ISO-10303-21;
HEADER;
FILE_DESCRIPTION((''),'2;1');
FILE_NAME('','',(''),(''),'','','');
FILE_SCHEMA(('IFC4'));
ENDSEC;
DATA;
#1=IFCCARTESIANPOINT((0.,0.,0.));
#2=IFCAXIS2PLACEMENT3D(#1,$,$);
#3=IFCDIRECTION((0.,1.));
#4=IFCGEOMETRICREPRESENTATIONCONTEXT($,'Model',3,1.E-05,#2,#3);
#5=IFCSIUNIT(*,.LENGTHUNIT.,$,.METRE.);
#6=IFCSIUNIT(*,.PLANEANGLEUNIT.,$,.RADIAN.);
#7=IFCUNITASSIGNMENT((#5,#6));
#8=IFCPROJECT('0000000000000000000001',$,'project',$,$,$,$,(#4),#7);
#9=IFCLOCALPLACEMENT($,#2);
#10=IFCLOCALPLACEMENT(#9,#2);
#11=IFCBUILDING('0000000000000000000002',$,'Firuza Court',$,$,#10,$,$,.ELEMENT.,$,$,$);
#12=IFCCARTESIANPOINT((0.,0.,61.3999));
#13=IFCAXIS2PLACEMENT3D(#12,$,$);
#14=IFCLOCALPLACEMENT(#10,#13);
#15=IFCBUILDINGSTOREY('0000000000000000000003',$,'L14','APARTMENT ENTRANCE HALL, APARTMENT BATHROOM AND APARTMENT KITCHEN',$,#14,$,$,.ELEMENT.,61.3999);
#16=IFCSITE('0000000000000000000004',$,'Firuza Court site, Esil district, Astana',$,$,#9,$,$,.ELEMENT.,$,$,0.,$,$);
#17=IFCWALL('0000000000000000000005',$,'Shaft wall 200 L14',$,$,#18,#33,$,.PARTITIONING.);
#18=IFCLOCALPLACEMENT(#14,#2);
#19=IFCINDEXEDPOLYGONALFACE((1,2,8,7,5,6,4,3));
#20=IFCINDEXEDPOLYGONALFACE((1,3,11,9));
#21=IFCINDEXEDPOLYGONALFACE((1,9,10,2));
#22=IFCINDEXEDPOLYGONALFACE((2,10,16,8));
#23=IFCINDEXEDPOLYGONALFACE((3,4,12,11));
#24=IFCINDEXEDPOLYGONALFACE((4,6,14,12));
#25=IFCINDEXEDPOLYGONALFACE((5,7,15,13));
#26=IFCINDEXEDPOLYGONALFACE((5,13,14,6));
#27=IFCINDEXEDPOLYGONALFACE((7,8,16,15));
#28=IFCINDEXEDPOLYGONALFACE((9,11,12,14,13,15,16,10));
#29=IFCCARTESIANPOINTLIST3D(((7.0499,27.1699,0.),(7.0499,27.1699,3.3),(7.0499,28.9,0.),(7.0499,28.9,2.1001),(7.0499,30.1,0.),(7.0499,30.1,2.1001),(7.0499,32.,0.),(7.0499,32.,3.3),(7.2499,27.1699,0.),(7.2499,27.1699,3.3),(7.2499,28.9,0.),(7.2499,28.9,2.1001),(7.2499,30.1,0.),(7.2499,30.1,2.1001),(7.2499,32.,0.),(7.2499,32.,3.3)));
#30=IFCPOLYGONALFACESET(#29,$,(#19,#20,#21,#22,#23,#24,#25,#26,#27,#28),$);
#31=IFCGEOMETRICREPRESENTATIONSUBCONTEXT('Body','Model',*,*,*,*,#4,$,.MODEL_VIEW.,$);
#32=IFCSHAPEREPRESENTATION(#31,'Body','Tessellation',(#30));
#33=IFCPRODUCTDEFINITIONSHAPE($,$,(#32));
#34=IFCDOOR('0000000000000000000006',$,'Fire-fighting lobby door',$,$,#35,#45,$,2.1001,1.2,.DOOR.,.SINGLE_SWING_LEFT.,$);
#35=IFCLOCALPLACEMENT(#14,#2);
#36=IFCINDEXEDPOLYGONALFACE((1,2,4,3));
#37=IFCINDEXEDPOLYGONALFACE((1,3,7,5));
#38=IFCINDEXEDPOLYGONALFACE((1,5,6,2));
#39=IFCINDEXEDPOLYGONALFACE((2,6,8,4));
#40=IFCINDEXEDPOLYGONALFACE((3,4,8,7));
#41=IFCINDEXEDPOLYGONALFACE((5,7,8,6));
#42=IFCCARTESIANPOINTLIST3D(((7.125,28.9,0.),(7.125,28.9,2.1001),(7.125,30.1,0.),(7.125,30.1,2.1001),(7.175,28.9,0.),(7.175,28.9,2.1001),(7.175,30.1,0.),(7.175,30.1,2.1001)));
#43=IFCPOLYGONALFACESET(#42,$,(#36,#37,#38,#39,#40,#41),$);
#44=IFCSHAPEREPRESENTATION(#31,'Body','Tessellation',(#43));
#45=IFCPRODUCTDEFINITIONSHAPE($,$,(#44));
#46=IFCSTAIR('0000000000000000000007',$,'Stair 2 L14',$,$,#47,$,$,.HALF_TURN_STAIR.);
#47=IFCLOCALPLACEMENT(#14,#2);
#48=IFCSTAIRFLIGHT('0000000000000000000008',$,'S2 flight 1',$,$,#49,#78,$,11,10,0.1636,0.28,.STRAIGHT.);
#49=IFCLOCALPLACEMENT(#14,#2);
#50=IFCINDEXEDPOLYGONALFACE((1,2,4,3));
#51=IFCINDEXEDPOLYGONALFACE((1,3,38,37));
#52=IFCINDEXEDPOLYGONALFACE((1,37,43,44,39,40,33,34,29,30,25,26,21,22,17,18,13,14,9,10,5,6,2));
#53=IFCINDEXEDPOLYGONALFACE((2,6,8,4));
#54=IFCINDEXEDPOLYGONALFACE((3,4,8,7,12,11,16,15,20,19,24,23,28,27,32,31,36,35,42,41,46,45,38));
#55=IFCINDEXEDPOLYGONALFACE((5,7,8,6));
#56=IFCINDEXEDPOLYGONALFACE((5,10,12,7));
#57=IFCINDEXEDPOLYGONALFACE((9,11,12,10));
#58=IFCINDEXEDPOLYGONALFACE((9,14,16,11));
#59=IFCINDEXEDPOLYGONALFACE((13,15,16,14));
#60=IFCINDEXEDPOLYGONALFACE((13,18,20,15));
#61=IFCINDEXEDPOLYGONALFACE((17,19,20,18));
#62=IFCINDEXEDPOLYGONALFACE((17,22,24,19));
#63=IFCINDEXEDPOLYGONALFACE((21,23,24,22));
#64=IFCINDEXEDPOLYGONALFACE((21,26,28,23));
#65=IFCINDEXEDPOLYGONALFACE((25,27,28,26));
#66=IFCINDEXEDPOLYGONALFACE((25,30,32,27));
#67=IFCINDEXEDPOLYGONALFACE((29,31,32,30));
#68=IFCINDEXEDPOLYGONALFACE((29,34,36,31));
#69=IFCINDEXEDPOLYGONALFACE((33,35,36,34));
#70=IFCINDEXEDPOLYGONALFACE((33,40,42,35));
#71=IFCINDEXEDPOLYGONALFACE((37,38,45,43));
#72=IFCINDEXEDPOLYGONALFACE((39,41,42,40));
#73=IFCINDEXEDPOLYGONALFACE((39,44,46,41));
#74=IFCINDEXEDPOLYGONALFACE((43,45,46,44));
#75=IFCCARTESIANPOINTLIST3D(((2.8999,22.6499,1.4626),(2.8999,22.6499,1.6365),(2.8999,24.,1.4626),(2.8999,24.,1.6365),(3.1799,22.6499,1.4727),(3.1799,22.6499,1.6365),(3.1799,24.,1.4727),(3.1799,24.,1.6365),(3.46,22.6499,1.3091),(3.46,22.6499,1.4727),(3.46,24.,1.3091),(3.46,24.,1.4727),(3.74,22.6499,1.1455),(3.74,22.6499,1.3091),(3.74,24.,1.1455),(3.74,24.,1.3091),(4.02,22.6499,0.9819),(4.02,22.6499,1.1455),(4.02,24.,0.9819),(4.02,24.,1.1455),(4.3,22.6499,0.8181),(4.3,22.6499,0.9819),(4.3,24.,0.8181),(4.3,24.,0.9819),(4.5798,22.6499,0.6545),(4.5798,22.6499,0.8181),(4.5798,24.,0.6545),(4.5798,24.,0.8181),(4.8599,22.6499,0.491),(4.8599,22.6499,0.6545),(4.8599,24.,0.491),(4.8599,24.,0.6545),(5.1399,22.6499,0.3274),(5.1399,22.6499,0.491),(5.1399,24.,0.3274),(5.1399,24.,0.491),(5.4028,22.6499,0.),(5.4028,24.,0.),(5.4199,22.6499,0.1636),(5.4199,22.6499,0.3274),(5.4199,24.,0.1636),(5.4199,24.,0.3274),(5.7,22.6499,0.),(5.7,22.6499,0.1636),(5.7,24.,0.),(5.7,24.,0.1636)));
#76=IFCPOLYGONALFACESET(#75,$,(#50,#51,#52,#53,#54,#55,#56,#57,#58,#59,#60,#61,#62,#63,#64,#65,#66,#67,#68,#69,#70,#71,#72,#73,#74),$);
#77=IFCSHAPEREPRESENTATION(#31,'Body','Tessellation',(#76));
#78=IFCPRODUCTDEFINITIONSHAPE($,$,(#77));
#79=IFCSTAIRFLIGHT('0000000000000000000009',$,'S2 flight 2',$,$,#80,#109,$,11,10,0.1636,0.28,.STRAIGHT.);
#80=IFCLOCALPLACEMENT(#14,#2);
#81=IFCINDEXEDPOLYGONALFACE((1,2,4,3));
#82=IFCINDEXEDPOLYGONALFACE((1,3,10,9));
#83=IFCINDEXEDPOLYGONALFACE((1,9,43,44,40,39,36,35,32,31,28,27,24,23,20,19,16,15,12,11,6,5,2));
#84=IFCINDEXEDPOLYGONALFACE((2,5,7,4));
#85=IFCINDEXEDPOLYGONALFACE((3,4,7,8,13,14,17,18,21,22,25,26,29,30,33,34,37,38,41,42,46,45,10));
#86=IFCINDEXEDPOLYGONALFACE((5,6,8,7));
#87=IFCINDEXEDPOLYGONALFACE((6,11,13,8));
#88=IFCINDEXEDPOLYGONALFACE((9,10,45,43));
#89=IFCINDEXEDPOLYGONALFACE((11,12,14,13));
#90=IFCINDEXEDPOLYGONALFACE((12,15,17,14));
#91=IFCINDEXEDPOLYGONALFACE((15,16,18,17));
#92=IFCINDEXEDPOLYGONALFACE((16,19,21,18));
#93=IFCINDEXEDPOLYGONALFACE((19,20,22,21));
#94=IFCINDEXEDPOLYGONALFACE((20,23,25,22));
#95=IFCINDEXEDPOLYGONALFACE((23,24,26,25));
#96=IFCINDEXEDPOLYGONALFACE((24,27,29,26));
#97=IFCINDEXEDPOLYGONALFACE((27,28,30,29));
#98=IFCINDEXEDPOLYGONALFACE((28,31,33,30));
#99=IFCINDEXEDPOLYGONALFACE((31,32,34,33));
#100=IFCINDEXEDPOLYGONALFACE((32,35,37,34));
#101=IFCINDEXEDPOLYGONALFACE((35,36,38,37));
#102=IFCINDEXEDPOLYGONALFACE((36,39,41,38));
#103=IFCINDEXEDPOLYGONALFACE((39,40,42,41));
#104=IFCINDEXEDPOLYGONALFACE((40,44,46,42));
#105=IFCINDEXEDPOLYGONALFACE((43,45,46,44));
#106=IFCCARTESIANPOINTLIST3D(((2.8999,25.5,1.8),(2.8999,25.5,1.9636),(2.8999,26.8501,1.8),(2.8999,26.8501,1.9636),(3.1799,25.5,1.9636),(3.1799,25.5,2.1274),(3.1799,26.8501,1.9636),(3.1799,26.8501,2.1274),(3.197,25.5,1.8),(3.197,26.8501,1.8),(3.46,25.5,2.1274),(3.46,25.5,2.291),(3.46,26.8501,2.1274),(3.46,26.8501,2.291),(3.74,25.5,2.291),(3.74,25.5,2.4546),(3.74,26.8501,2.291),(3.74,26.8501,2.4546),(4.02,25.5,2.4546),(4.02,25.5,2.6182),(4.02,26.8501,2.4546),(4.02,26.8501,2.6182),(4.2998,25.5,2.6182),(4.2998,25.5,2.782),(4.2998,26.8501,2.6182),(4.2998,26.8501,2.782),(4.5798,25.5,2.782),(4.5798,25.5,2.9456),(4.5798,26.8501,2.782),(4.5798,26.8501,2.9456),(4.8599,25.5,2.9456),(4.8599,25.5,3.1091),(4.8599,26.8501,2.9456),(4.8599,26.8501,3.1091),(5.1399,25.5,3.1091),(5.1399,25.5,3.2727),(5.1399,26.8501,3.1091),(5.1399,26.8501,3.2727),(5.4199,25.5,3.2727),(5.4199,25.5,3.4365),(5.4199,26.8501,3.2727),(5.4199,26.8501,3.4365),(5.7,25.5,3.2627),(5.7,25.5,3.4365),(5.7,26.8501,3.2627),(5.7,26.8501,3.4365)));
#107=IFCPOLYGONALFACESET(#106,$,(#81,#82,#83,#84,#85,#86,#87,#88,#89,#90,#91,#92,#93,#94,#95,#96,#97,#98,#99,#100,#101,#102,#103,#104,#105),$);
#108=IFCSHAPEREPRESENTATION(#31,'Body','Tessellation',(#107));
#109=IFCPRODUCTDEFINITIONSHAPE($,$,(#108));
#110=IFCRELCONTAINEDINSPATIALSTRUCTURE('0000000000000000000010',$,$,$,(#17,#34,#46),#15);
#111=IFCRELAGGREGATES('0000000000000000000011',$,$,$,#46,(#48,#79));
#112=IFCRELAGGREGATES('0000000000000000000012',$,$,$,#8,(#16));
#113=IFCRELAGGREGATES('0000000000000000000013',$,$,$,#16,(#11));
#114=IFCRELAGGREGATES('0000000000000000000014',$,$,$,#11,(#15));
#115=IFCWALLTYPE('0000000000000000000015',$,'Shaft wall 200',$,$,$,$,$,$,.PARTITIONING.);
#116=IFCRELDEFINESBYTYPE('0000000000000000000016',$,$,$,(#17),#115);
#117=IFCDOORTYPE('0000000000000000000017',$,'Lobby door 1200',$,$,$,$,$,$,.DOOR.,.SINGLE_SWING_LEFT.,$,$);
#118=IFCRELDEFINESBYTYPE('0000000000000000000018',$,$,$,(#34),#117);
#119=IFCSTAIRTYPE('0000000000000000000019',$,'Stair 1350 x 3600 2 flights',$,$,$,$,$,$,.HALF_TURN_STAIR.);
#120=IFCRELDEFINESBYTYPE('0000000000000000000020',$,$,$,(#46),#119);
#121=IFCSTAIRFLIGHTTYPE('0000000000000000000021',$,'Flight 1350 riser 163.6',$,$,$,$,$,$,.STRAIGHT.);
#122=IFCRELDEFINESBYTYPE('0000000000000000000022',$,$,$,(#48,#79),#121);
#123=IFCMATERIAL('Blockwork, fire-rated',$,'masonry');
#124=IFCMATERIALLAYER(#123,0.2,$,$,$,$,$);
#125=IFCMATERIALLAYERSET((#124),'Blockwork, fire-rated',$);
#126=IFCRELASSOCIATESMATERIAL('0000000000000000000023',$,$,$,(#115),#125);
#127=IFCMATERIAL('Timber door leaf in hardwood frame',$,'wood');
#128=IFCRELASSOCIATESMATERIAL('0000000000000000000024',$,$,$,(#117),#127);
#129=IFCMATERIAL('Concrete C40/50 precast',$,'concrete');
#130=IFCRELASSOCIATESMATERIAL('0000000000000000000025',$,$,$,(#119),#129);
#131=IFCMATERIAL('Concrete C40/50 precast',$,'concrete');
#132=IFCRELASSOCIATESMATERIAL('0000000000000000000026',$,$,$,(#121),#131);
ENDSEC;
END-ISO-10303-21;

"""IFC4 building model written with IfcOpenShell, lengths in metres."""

from ifc_helpers import new_model, si_unit, direction, frame, frame_2d, origin, place, context, subcontext, project, spatial, polyline, rectangle, outline, extrude, material, layer, layer_set, type_object, element, fill, aggregate, save


model = new_model("IFC4")

# Units and contexts
model_context = context("Model", 3, precision=1e-05, world=origin(), true_north=direction((0.0, 1.0)))
body_context = subcontext(model_context, "Body", "Model", "MODEL_VIEW")
ifc_project = project(units=[si_unit("LENGTHUNIT", "METRE"), si_unit("PLANEANGLEUNIT", "RADIAN")], contexts=[model_context])

# Site, building, storey
site_placement = place(None, origin())
site = spatial("IfcSite", under=ifc_project, at=site_placement, Name="Firuza Court site, Esil district, Astana", CompositionType="ELEMENT", RefElevation=0.0)
building_placement = place(site_placement, origin())
building = spatial("IfcBuilding", under=site, at=building_placement, Name="Firuza Court", CompositionType="ELEMENT")
storey_placement = place(building_placement, frame((0.0, 0.0, 61.3999)))
storey = spatial("IfcBuildingStorey", under=building, at=storey_placement, Name="L14", Description="APARTMENT ENTRANCE HALL, APARTMENT BATHROOM AND APARTMENT KITCHEN", CompositionType="ELEMENT", Elevation=61.3999)

# Shared definitions
ifc_material_1 = material(Name="Blockwork, fire-rated", Category="masonry")
ifc_layer_1 = layer(ifc_material_1, 0.2)
ifc_layer_set_1 = layer_set([ifc_layer_1], Name="Blockwork, fire-rated")
wall_type_1 = type_object("IfcWallType", Name="Shaft wall 200", PredefinedType="PARTITIONING", material=ifc_layer_set_1)

# Shared definitions
ifc_material_2 = material(Name="Timber door leaf in hardwood frame", Category="wood")
door_type_1 = type_object("IfcDoorType", Name="Lobby door 1200", OperationType="SINGLE_SWING_LEFT", PredefinedType="DOOR", material=ifc_material_2)

# Wall, opening, door
wall_1_placement = place(storey_placement, frame((7.1499, 27.1699, 0.0), z_axis=(0.0, 0.0, 1.0), x_axis=(0.0, 1.0, 0.0)))
wall_1 = element("IfcWall", 1, at=wall_1_placement, inside=storey, type_object=wall_type_1, Name="Shaft wall 200 L14", PredefinedType="PARTITIONING", context=body_context, shape_type="SweptSolid", body=[
    extrude(rectangle(XDim=4.8301, YDim=0.2, at=frame_2d((2.415, 0.0))), origin(), (0.0, 0.0, 1.0), 3.3),
])
opening_1_placement = place(wall_1_placement, frame((1.73, 0.0, 0.0)))
opening_1 = element("IfcOpeningElement", 2, at=opening_1_placement, cuts=wall_1, PredefinedType="OPENING", context=body_context, shape_type="SweptSolid", body=[
    extrude(rectangle(XDim=1.2, YDim=2.1001, at=frame_2d((0.6001, 1.05))), frame((0.0, 0.1118, 0.0), z_axis=(0.0, -1.0, 0.0), x_axis=(1.0, 0.0, 0.0)), (0.0, 0.0, 1.0), 0.2239),
])
door_1_placement = place(opening_1_placement, origin())
door_1 = element("IfcDoor", 3, at=door_1_placement, inside=storey, type_object=door_type_1, Name="Fire-fighting lobby door", OperationType="SINGLE_SWING_LEFT", OverallHeight=2.1001, OverallWidth=1.2, PredefinedType="DOOR", context=body_context, shape_type="SweptSolid", body=[
    extrude(rectangle(XDim=1.2, YDim=2.1001, at=frame_2d((0.6001, 1.05))), frame((0.0, 0.0249, 0.0), z_axis=(0.0, -1.0, 0.0), x_axis=(1.0, 0.0, 0.0)), (0.0, 0.0, 1.0), 0.05),
])
fill(opening_1, door_1)

# Stair, stair flights
ifc_material_3 = material(Name="Concrete C40/50 precast", Category="concrete")
stair_type = type_object("IfcStairType", Name="Stair 1350 x 3600 2 flights", PredefinedType="HALF_TURN_STAIR", material=ifc_material_3)
stair_placement = place(storey_placement, origin())
stair = element("IfcStair", 4, at=stair_placement, inside=storey, type_object=stair_type, Name="Stair 2 L14", PredefinedType="HALF_TURN_STAIR")
ifc_material_4 = material(Name="Concrete C40/50 precast", Category="concrete")
stair_flight_type = type_object("IfcStairFlightType", Name="Flight 1350 riser 163.6", PredefinedType="STRAIGHT", material=ifc_material_4)
stair_flight_1_placement = place(storey_placement, frame((5.7, 23.325, 0.0), z_axis=(0.0, 0.0, 1.0), x_axis=(-1.0, 0.0, 0.0)))
stair_flight_1 = element("IfcStairFlight", 5, at=stair_flight_1_placement, type_object=stair_flight_type, Name="S2 flight 1", NumberOfRisers=11, NumberOfTreads=10, PredefinedType="STRAIGHT", RiserHeight=0.1636, TreadLength=0.28, context=body_context, shape_type="SweptSolid", body=[
    extrude(outline(polyline([(0.0, 0.0), (0.0, 0.1636), (0.28, 0.1636), (0.28, 0.3274), (0.5601, 0.3274), (0.5601, 0.491), (0.8401, 0.491), (0.8401, 0.6545), (1.1201, 0.6545), (1.1201, 0.8181), (1.3999, 0.8181), (1.3999, 0.9819), (1.6799, 0.9819), (1.6799, 1.1455), (1.96, 1.1455), (1.96, 1.3091), (2.24, 1.3091), (2.24, 1.4727), (2.52, 1.4727), (2.52, 1.6365), (2.8, 1.6365), (2.8, 1.8), (2.8, 1.4626), (0.2971, 0.0), (0.0, 0.0)])), frame((0.0, 0.675, 0.0), z_axis=(0.0, -1.0, 0.0), x_axis=(1.0, 0.0, 0.0)), (0.0, 0.0, 1.0), 1.3501),
])
stair_flight_2_placement = place(storey_placement, frame((2.8999, 26.175, 1.8), z_axis=(0.0, 0.0, 1.0), x_axis=(1.0, 0.0, 0.0)))
stair_flight_2 = element("IfcStairFlight", 6, at=stair_flight_2_placement, type_object=stair_flight_type, Name="S2 flight 2", NumberOfRisers=11, NumberOfTreads=10, PredefinedType="STRAIGHT", RiserHeight=0.1636, TreadLength=0.28, context=body_context, shape_type="SweptSolid", body=[
    extrude(outline(polyline([(0.0, 0.0), (0.0, 0.1636), (0.28, 0.1636), (0.28, 0.3274), (0.5601, 0.3274), (0.5601, 0.491), (0.8401, 0.491), (0.8401, 0.6545), (1.1201, 0.6545), (1.1201, 0.8181), (1.3999, 0.8181), (1.3999, 0.9819), (1.6799, 0.9819), (1.6799, 1.1455), (1.96, 1.1455), (1.96, 1.3091), (2.24, 1.3091), (2.24, 1.4727), (2.52, 1.4727), (2.52, 1.6365), (2.8, 1.6365), (2.8, 1.8), (2.8, 1.4626), (0.2971, 0.0), (0.0, 0.0)])), frame((0.0, 0.675, 0.0), z_axis=(0.0, -1.0, 0.0), x_axis=(1.0, 0.0, 0.0)), (0.0, 0.0, 1.0), 1.3501),
])
aggregate(stair, [stair_flight_1, stair_flight_2])

save(model, "model.ifc")
